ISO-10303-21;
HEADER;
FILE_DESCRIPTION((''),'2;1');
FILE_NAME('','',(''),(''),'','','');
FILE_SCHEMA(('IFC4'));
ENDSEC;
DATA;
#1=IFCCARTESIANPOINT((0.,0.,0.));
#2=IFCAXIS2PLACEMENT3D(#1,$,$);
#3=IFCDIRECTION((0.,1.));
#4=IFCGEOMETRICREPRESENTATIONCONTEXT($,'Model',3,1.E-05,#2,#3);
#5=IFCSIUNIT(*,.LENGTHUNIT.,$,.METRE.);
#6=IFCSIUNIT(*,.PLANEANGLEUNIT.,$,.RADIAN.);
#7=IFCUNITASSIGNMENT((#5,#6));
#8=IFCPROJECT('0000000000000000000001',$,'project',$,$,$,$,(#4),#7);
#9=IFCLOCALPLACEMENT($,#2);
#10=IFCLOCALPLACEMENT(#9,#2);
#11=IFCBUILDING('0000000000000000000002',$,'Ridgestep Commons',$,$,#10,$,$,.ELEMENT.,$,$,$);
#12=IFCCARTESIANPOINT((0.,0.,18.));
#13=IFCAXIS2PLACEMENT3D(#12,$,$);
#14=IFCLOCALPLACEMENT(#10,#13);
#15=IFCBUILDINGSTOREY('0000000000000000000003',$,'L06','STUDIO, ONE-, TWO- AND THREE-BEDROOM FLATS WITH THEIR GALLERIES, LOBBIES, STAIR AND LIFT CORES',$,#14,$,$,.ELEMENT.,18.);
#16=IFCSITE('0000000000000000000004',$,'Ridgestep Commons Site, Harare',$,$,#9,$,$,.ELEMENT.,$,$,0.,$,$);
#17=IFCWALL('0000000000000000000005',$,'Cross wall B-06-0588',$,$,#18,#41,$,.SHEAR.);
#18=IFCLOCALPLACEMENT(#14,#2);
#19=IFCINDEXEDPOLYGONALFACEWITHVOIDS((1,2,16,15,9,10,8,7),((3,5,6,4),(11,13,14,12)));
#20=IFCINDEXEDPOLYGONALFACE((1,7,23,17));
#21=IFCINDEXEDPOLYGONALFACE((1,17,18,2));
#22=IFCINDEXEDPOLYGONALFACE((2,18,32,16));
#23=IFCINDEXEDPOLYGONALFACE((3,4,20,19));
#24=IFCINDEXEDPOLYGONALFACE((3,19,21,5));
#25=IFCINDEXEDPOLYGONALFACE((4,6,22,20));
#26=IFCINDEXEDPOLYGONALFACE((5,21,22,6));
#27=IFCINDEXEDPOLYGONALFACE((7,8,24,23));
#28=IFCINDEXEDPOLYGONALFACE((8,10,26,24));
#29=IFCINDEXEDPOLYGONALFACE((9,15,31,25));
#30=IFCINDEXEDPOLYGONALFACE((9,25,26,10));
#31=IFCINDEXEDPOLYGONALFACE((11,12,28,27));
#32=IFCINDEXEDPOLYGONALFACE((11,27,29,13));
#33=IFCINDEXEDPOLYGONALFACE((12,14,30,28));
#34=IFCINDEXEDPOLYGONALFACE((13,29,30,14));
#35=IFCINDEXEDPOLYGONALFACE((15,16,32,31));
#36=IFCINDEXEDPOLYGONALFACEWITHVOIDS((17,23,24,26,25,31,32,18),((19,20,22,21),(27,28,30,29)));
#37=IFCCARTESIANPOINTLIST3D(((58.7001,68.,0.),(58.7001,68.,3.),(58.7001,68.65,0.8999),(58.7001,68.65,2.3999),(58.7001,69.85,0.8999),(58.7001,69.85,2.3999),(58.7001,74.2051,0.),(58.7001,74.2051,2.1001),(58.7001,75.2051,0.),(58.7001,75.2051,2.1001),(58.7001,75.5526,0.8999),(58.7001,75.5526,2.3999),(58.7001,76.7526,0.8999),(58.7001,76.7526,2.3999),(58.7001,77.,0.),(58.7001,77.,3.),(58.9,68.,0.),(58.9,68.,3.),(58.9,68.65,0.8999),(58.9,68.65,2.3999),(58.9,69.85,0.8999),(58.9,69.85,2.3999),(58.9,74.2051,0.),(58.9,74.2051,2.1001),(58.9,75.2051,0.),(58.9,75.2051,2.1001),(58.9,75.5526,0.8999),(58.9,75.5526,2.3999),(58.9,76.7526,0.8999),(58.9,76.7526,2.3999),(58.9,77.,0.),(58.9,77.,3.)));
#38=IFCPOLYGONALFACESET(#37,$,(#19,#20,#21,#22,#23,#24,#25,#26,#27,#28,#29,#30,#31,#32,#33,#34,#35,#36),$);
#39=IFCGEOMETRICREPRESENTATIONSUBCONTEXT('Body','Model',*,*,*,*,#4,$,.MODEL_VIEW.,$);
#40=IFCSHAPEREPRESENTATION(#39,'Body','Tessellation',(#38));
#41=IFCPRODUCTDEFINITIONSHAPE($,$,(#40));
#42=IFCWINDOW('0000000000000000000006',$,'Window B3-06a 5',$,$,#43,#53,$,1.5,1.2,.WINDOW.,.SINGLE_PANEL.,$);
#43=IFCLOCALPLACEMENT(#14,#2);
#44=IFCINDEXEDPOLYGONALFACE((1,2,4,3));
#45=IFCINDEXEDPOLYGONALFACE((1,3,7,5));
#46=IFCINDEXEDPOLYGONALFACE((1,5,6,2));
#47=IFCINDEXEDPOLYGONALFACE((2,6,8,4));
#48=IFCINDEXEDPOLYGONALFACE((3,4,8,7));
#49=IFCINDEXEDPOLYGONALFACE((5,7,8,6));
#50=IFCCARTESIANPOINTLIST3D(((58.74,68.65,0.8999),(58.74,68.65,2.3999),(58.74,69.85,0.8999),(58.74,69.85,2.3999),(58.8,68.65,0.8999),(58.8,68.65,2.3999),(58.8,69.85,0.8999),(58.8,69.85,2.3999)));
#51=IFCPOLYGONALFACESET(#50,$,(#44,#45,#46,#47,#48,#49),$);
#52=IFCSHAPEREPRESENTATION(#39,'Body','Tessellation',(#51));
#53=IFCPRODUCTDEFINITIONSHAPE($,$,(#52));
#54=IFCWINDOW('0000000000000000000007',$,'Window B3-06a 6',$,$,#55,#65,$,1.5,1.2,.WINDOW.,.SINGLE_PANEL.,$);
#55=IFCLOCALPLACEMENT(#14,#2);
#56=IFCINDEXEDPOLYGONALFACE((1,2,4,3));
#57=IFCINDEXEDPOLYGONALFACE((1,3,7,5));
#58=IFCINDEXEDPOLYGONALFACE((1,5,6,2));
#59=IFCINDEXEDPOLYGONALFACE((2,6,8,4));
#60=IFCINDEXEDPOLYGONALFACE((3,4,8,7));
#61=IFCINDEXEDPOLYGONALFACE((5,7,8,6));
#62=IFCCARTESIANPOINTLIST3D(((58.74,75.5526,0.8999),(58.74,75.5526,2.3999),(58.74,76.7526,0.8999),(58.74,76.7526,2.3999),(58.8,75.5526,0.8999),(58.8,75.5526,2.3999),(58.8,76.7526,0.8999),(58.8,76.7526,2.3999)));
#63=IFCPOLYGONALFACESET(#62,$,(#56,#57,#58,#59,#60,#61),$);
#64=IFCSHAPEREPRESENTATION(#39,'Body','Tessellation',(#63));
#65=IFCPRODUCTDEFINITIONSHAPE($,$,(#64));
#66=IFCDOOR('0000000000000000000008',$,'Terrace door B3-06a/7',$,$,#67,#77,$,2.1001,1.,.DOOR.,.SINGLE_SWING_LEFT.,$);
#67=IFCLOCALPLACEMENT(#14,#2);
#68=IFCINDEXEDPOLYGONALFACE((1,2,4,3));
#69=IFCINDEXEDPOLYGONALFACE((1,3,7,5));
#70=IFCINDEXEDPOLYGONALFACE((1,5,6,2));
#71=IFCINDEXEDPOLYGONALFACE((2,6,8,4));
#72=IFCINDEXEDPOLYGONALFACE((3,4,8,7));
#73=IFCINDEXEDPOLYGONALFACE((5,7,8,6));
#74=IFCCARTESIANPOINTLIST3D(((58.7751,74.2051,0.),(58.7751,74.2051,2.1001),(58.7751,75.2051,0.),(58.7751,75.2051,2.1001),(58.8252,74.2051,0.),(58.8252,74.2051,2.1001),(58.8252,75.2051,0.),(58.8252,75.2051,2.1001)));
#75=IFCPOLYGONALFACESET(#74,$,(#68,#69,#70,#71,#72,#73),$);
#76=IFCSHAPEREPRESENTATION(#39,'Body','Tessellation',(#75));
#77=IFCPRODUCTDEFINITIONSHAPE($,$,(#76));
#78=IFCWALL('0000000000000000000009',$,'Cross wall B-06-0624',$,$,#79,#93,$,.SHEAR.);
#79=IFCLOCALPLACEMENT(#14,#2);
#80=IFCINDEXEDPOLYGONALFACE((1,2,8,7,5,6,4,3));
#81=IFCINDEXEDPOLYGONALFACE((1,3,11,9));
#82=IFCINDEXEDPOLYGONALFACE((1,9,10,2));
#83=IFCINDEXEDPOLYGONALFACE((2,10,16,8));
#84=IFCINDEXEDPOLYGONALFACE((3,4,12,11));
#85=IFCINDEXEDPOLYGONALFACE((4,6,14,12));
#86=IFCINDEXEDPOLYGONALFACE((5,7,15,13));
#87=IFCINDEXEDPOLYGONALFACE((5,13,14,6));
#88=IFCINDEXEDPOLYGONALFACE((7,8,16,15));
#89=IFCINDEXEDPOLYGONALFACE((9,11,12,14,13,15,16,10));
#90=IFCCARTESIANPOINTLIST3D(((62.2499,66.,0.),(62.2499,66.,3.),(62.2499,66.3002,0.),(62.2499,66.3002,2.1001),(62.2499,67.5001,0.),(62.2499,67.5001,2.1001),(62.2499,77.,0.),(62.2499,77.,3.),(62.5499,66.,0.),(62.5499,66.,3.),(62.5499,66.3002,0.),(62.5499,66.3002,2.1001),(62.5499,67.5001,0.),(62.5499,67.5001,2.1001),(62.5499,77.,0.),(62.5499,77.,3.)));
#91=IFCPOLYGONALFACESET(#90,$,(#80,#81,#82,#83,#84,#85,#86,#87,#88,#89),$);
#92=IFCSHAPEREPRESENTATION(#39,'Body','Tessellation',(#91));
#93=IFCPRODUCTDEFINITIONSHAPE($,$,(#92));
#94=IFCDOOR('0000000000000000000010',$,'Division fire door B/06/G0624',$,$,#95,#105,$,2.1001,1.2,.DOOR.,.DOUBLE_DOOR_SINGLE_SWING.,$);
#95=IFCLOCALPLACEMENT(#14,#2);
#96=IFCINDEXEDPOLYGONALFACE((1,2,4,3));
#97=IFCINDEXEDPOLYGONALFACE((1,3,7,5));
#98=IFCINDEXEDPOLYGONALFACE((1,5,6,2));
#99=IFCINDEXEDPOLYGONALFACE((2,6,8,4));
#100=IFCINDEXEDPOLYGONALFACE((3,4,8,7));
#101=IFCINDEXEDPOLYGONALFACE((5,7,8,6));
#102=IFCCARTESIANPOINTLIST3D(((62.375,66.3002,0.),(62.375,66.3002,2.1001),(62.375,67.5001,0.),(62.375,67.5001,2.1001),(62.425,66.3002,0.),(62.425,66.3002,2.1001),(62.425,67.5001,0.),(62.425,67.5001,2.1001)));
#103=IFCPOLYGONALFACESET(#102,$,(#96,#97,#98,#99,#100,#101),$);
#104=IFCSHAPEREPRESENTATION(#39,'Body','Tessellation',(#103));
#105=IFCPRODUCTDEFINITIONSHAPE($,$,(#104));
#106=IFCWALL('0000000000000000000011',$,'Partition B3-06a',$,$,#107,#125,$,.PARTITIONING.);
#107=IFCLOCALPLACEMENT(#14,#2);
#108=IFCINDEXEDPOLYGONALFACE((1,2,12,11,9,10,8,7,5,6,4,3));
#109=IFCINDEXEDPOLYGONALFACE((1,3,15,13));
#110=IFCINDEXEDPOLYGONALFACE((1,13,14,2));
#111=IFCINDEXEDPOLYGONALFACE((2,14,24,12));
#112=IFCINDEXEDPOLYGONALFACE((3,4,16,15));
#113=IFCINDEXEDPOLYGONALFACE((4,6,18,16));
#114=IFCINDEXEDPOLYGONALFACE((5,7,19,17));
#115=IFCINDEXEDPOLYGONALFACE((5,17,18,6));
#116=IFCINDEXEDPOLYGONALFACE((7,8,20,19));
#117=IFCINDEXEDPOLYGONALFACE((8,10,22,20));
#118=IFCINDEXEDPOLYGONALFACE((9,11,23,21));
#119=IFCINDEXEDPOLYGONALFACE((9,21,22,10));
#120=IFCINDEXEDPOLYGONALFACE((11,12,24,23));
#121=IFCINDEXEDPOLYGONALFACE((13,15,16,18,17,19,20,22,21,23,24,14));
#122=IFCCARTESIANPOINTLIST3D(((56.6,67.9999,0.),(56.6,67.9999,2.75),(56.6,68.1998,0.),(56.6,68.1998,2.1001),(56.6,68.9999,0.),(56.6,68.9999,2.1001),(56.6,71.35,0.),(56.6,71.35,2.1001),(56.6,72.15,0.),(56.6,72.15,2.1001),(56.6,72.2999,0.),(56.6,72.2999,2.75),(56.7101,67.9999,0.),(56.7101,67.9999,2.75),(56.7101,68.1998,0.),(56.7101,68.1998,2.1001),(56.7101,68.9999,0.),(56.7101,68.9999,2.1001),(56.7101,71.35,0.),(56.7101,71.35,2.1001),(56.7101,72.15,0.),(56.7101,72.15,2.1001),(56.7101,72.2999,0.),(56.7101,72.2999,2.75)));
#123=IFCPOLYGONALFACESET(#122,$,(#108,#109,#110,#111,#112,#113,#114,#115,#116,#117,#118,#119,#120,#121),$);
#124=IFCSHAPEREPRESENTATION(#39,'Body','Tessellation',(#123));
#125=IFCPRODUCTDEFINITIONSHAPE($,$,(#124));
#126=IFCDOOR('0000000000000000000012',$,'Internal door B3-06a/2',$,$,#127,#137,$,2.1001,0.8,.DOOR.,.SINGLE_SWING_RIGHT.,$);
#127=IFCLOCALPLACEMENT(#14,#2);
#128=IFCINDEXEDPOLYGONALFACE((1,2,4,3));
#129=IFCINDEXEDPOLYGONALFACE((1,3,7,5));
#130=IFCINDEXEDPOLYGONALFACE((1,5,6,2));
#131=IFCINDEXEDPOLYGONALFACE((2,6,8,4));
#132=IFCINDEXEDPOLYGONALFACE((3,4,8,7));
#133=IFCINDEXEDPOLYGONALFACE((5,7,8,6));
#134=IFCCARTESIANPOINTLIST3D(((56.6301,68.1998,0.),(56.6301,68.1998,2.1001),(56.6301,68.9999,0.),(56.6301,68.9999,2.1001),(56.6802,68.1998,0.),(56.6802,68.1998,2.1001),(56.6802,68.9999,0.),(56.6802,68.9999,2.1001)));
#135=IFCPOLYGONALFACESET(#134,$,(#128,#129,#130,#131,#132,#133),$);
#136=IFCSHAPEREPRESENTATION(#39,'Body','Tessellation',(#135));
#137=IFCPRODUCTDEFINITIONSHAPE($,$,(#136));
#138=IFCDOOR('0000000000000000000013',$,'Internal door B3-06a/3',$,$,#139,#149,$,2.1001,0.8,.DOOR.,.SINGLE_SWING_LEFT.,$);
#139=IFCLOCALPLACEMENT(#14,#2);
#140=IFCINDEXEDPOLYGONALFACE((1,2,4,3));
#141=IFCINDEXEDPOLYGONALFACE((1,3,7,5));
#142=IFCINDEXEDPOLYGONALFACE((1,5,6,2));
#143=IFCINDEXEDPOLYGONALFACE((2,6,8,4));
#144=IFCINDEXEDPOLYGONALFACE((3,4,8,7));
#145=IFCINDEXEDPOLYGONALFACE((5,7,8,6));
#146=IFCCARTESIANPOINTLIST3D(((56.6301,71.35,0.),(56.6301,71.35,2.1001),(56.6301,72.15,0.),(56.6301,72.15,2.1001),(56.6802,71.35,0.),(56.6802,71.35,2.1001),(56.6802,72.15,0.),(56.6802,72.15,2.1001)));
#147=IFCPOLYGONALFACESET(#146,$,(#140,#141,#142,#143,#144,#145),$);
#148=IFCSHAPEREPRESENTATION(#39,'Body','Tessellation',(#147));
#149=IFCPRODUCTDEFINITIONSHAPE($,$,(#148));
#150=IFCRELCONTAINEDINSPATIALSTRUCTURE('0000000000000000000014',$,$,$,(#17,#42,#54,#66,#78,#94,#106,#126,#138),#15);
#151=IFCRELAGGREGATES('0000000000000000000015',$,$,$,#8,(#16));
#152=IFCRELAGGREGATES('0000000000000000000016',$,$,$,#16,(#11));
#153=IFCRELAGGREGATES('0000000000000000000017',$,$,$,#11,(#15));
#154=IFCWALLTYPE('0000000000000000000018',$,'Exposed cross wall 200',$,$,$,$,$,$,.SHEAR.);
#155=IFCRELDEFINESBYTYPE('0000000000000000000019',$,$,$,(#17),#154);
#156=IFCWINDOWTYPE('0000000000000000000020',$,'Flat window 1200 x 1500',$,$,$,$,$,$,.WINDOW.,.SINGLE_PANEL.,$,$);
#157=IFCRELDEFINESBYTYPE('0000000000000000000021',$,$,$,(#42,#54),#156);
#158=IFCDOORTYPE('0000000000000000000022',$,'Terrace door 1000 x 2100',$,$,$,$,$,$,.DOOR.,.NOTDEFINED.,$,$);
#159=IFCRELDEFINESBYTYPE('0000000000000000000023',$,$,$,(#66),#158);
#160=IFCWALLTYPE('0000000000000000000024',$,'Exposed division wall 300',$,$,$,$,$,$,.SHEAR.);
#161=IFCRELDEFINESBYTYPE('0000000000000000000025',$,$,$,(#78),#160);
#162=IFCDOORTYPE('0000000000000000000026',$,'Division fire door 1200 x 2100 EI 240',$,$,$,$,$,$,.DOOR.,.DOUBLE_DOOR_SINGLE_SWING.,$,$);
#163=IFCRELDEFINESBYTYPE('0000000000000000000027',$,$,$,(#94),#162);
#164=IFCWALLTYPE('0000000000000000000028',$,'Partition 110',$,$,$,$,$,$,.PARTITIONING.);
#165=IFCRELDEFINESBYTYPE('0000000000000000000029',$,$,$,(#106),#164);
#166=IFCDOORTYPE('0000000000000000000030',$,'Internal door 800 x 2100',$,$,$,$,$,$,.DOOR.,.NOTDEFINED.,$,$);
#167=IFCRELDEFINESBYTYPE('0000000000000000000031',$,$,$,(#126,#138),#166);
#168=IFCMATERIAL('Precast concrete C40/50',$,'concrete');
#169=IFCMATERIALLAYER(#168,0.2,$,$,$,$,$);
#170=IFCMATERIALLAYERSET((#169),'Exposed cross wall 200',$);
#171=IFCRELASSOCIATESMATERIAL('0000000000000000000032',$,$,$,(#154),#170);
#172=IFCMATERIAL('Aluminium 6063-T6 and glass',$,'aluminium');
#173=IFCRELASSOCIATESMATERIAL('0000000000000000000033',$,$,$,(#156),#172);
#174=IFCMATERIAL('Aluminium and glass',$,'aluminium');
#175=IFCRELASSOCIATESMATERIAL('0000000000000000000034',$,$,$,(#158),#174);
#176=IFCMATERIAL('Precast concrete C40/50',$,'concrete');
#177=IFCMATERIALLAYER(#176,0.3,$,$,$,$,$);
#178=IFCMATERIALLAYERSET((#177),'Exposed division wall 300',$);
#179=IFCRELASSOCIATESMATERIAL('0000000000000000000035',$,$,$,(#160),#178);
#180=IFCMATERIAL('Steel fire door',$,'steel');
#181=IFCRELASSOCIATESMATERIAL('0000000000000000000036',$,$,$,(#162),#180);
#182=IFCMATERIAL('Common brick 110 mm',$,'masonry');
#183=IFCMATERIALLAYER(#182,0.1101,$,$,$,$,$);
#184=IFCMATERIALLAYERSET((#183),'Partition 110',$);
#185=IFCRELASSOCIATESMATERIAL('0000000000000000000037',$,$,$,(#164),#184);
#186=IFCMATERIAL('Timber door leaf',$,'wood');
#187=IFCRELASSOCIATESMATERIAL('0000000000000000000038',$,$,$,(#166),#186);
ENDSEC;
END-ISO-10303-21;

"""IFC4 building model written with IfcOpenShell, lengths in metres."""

from ifc_helpers import new_model, si_unit, direction, frame, frame_2d, origin, place, context, subcontext, project, spatial, rectangle, extrude, material, layer, layer_set, type_object, element, fill, save


model = new_model("IFC4")

# Units and contexts
model_context = context("Model", 3, precision=1e-05, world=origin(), true_north=direction((0.0, 1.0)))
body_context = subcontext(model_context, "Body", "Model", "MODEL_VIEW")
ifc_project = project(units=[si_unit("LENGTHUNIT", "METRE"), si_unit("PLANEANGLEUNIT", "RADIAN")], contexts=[model_context])

# Site, building, storey
site_placement = place(None, origin())
site = spatial("IfcSite", under=ifc_project, at=site_placement, Name="Ridgestep Commons Site, Harare", CompositionType="ELEMENT", RefElevation=0.0)
building_placement = place(site_placement, origin())
building = spatial("IfcBuilding", under=site, at=building_placement, Name="Ridgestep Commons", CompositionType="ELEMENT")
storey_placement = place(building_placement, frame((0.0, 0.0, 18.0)))
storey = spatial("IfcBuildingStorey", under=building, at=storey_placement, Name="L06", Description="STUDIO, ONE-, TWO- AND THREE-BEDROOM FLATS WITH THEIR GALLERIES, LOBBIES, STAIR AND LIFT CORES", CompositionType="ELEMENT", Elevation=18.0)

# Wall, openings, windows, door
ifc_material_1 = material(Name="Precast concrete C40/50", Category="concrete")
ifc_layer_1 = layer(ifc_material_1, 0.2)
ifc_layer_set_1 = layer_set([ifc_layer_1], Name="Exposed cross wall 200")
wall_type_1 = type_object("IfcWallType", Name="Exposed cross wall 200", PredefinedType="SHEAR", material=ifc_layer_set_1)
wall_1_placement = place(storey_placement, frame((58.8, 68.0, 0.0), z_axis=(0.0, 0.0, 1.0), x_axis=(0.0, 1.0, 0.0)))
wall_1 = element("IfcWall", 1, at=wall_1_placement, inside=storey, type_object=wall_type_1, Name="Cross wall B-06-0588", PredefinedType="SHEAR", context=body_context, shape_type="SweptSolid", body=[
    extrude(rectangle(XDim=9.0, YDim=0.2, at=frame_2d((4.5, 0.0))), origin(), (0.0, 0.0, 1.0), 3.0),
])
opening_1_placement = place(wall_1_placement, frame((0.6499, 0.0, 0.8999)))
opening_1 = element("IfcOpeningElement", 2, at=opening_1_placement, cuts=wall_1, PredefinedType="OPENING", context=body_context, shape_type="SweptSolid", body=[
    extrude(rectangle(XDim=1.2, YDim=1.5, at=frame_2d((0.6001, 0.75))), frame((0.0, 0.1099, 0.0), z_axis=(0.0, -1.0, 0.0), x_axis=(1.0, 0.0, 0.0)), (0.0, 0.0, 1.0), 0.22),
])
opening_2_placement = place(wall_1_placement, frame((7.5525, 0.0, 0.8999)))
opening_2 = element("IfcOpeningElement", 3, at=opening_2_placement, cuts=wall_1, PredefinedType="OPENING", context=body_context, shape_type="SweptSolid", body=[
    extrude(rectangle(XDim=1.2, YDim=1.5, at=frame_2d((0.6001, 0.75))), frame((0.0, 0.1099, 0.0), z_axis=(0.0, -1.0, 0.0), x_axis=(1.0, 0.0, 0.0)), (0.0, 0.0, 1.0), 0.22),
])
opening_3_placement = place(wall_1_placement, frame((6.2051, 0.0, 0.0)))
opening_3 = element("IfcOpeningElement", 4, at=opening_3_placement, cuts=wall_1, PredefinedType="OPENING", context=body_context, shape_type="SweptSolid", body=[
    extrude(rectangle(XDim=1.0, YDim=2.1001, at=frame_2d((0.5, 1.05))), frame((0.0, 0.1099, 0.0), z_axis=(0.0, -1.0, 0.0), x_axis=(1.0, 0.0, 0.0)), (0.0, 0.0, 1.0), 0.22),
])
ifc_material_2 = material(Name="Aluminium 6063-T6 and glass", Category="aluminium")
window_type_1 = type_object("IfcWindowType", Name="Flat window 1200 x 1500", PartitioningType="SINGLE_PANEL", PredefinedType="WINDOW", material=ifc_material_2)
window_1_placement = place(opening_1_placement, origin())
window_1 = element("IfcWindow", 5, at=window_1_placement, inside=storey, type_object=window_type_1, Name="Window B3-06a 5", OverallHeight=1.5, OverallWidth=1.2, PartitioningType="SINGLE_PANEL", PredefinedType="WINDOW", context=body_context, shape_type="SweptSolid", body=[
    extrude(rectangle(XDim=1.2, YDim=1.5, at=frame_2d((0.6001, 0.75))), frame((0.0, 0.0601, 0.0), z_axis=(0.0, -1.0, 0.0), x_axis=(1.0, 0.0, 0.0)), (0.0, 0.0, 1.0), 0.0601),
])
fill(opening_1, window_1)
window_2_placement = place(opening_2_placement, origin())
window_2 = element("IfcWindow", 6, at=window_2_placement, inside=storey, type_object=window_type_1, Name="Window B3-06a 6", OverallHeight=1.5, OverallWidth=1.2, PartitioningType="SINGLE_PANEL", PredefinedType="WINDOW", context=body_context, shape_type="SweptSolid", body=[
    extrude(rectangle(XDim=1.2, YDim=1.5, at=frame_2d((0.6001, 0.75))), frame((0.0, 0.0601, 0.0), z_axis=(0.0, -1.0, 0.0), x_axis=(1.0, 0.0, 0.0)), (0.0, 0.0, 1.0), 0.0601),
])
fill(opening_2, window_2)
ifc_material_3 = material(Name="Aluminium and glass", Category="aluminium")
door_type_1 = type_object("IfcDoorType", Name="Terrace door 1000 x 2100", OperationType="NOTDEFINED", PredefinedType="DOOR", material=ifc_material_3)
door_1_placement = place(opening_3_placement, origin())
door_1 = element("IfcDoor", 7, at=door_1_placement, inside=storey, type_object=door_type_1, Name="Terrace door B3-06a/7", OperationType="SINGLE_SWING_LEFT", OverallHeight=2.1001, OverallWidth=1.0, PredefinedType="DOOR", context=body_context, shape_type="SweptSolid", body=[
    extrude(rectangle(XDim=1.0, YDim=2.1001, at=frame_2d((0.5, 1.05))), frame((0.0, 0.0249, 0.0), z_axis=(0.0, -1.0, 0.0), x_axis=(1.0, 0.0, 0.0)), (0.0, 0.0, 1.0), 0.05),
])
fill(opening_3, door_1)

# Wall, opening, door
ifc_material_4 = material(Name="Precast concrete C40/50", Category="concrete")
ifc_layer_2 = layer(ifc_material_4, 0.3)
ifc_layer_set_2 = layer_set([ifc_layer_2], Name="Exposed division wall 300")
wall_type_2 = type_object("IfcWallType", Name="Exposed division wall 300", PredefinedType="SHEAR", material=ifc_layer_set_2)
wall_2_placement = place(storey_placement, frame((62.3999, 66.0, 0.0), z_axis=(0.0, 0.0, 1.0), x_axis=(0.0, 1.0, 0.0)))
wall_2 = element("IfcWall", 8, at=wall_2_placement, inside=storey, type_object=wall_type_2, Name="Cross wall B-06-0624", PredefinedType="SHEAR", context=body_context, shape_type="SweptSolid", body=[
    extrude(rectangle(XDim=11.0, YDim=0.3, at=frame_2d((5.5, 0.0))), origin(), (0.0, 0.0, 1.0), 3.0),
])
opening_4_placement = place(wall_2_placement, frame((0.3, 0.0, 0.0)))
opening_4 = element("IfcOpeningElement", 9, at=opening_4_placement, cuts=wall_2, PredefinedType="OPENING", context=body_context, shape_type="SweptSolid", body=[
    extrude(rectangle(XDim=1.2, YDim=2.1001, at=frame_2d((0.6001, 1.05))), frame((0.0, 0.1599, 0.0), z_axis=(0.0, -1.0, 0.0), x_axis=(1.0, 0.0, 0.0)), (0.0, 0.0, 1.0), 0.3201),
])
ifc_material_5 = material(Name="Steel fire door", Category="steel")
door_type_2 = type_object("IfcDoorType", Name="Division fire door 1200 x 2100 EI 240", OperationType="DOUBLE_DOOR_SINGLE_SWING", PredefinedType="DOOR", material=ifc_material_5)
door_2_placement = place(opening_4_placement, origin())
door_2 = element("IfcDoor", 10, at=door_2_placement, inside=storey, type_object=door_type_2, Name="Division fire door B/06/G0624", OperationType="DOUBLE_DOOR_SINGLE_SWING", OverallHeight=2.1001, OverallWidth=1.2, PredefinedType="DOOR", context=body_context, shape_type="SweptSolid", body=[
    extrude(rectangle(XDim=1.2, YDim=2.1001, at=frame_2d((0.6001, 1.05))), frame((0.0, 0.0249, 0.0), z_axis=(0.0, -1.0, 0.0), x_axis=(1.0, 0.0, 0.0)), (0.0, 0.0, 1.0), 0.05),
])
fill(opening_4, door_2)

# Wall, openings, doors
ifc_material_6 = material(Name="Common brick 110 mm", Category="masonry")
ifc_layer_3 = layer(ifc_material_6, 0.1101)
ifc_layer_set_3 = layer_set([ifc_layer_3], Name="Partition 110")
wall_type_3 = type_object("IfcWallType", Name="Partition 110", PredefinedType="PARTITIONING", material=ifc_layer_set_3)
wall_3_placement = place(storey_placement, frame((56.655, 68.0, 0.0), z_axis=(0.0, 0.0, 1.0), x_axis=(0.0, 1.0, 0.0)))
wall_3 = element("IfcWall", 11, at=wall_3_placement, inside=storey, type_object=wall_type_3, Name="Partition B3-06a", PredefinedType="PARTITIONING", context=body_context, shape_type="SweptSolid", body=[
    extrude(rectangle(XDim=4.3, YDim=0.1101, at=frame_2d((2.1499, 0.0))), origin(), (0.0, 0.0, 1.0), 2.75),
])
opening_5_placement = place(wall_3_placement, frame((0.2, 0.0, 0.0)))
opening_5 = element("IfcOpeningElement", 12, at=opening_5_placement, cuts=wall_3, PredefinedType="OPENING", context=body_context, shape_type="SweptSolid", body=[
    extrude(rectangle(XDim=0.8, YDim=2.1001, at=frame_2d((0.3999, 1.05))), frame((0.0, 0.0649, 0.0), z_axis=(0.0, -1.0, 0.0), x_axis=(1.0, 0.0, 0.0)), (0.0, 0.0, 1.0), 0.1301),
])
opening_6_placement = place(wall_3_placement, frame((3.3501, 0.0, 0.0)))
opening_6 = element("IfcOpeningElement", 13, at=opening_6_placement, cuts=wall_3, PredefinedType="OPENING", context=body_context, shape_type="SweptSolid", body=[
    extrude(rectangle(XDim=0.8, YDim=2.1001, at=frame_2d((0.3999, 1.05))), frame((0.0, 0.0649, 0.0), z_axis=(0.0, -1.0, 0.0), x_axis=(1.0, 0.0, 0.0)), (0.0, 0.0, 1.0), 0.1301),
])
ifc_material_7 = material(Name="Timber door leaf", Category="wood")
door_type_3 = type_object("IfcDoorType", Name="Internal door 800 x 2100", OperationType="NOTDEFINED", PredefinedType="DOOR", material=ifc_material_7)
door_3_placement = place(opening_5_placement, origin())
door_3 = element("IfcDoor", 14, at=door_3_placement, inside=storey, type_object=door_type_3, Name="Internal door B3-06a/2", OperationType="SINGLE_SWING_RIGHT", OverallHeight=2.1001, OverallWidth=0.8, PredefinedType="DOOR", context=body_context, shape_type="SweptSolid", body=[
    extrude(rectangle(XDim=0.8, YDim=2.1001, at=frame_2d((0.3999, 1.05))), frame((0.0, 0.0249, 0.0), z_axis=(0.0, -1.0, 0.0), x_axis=(1.0, 0.0, 0.0)), (0.0, 0.0, 1.0), 0.05),
])
fill(opening_5, door_3)
door_4_placement = place(opening_6_placement, origin())
door_4 = element("IfcDoor", 15, at=door_4_placement, inside=storey, type_object=door_type_3, Name="Internal door B3-06a/3", OperationType="SINGLE_SWING_LEFT", OverallHeight=2.1001, OverallWidth=0.8, PredefinedType="DOOR", context=body_context, shape_type="SweptSolid", body=[
    extrude(rectangle(XDim=0.8, YDim=2.1001, at=frame_2d((0.3999, 1.05))), frame((0.0, 0.0249, 0.0), z_axis=(0.0, -1.0, 0.0), x_axis=(1.0, 0.0, 0.0)), (0.0, 0.0, 1.0), 0.05),
])
fill(opening_6, door_4)

save(model, "model.ifc")
